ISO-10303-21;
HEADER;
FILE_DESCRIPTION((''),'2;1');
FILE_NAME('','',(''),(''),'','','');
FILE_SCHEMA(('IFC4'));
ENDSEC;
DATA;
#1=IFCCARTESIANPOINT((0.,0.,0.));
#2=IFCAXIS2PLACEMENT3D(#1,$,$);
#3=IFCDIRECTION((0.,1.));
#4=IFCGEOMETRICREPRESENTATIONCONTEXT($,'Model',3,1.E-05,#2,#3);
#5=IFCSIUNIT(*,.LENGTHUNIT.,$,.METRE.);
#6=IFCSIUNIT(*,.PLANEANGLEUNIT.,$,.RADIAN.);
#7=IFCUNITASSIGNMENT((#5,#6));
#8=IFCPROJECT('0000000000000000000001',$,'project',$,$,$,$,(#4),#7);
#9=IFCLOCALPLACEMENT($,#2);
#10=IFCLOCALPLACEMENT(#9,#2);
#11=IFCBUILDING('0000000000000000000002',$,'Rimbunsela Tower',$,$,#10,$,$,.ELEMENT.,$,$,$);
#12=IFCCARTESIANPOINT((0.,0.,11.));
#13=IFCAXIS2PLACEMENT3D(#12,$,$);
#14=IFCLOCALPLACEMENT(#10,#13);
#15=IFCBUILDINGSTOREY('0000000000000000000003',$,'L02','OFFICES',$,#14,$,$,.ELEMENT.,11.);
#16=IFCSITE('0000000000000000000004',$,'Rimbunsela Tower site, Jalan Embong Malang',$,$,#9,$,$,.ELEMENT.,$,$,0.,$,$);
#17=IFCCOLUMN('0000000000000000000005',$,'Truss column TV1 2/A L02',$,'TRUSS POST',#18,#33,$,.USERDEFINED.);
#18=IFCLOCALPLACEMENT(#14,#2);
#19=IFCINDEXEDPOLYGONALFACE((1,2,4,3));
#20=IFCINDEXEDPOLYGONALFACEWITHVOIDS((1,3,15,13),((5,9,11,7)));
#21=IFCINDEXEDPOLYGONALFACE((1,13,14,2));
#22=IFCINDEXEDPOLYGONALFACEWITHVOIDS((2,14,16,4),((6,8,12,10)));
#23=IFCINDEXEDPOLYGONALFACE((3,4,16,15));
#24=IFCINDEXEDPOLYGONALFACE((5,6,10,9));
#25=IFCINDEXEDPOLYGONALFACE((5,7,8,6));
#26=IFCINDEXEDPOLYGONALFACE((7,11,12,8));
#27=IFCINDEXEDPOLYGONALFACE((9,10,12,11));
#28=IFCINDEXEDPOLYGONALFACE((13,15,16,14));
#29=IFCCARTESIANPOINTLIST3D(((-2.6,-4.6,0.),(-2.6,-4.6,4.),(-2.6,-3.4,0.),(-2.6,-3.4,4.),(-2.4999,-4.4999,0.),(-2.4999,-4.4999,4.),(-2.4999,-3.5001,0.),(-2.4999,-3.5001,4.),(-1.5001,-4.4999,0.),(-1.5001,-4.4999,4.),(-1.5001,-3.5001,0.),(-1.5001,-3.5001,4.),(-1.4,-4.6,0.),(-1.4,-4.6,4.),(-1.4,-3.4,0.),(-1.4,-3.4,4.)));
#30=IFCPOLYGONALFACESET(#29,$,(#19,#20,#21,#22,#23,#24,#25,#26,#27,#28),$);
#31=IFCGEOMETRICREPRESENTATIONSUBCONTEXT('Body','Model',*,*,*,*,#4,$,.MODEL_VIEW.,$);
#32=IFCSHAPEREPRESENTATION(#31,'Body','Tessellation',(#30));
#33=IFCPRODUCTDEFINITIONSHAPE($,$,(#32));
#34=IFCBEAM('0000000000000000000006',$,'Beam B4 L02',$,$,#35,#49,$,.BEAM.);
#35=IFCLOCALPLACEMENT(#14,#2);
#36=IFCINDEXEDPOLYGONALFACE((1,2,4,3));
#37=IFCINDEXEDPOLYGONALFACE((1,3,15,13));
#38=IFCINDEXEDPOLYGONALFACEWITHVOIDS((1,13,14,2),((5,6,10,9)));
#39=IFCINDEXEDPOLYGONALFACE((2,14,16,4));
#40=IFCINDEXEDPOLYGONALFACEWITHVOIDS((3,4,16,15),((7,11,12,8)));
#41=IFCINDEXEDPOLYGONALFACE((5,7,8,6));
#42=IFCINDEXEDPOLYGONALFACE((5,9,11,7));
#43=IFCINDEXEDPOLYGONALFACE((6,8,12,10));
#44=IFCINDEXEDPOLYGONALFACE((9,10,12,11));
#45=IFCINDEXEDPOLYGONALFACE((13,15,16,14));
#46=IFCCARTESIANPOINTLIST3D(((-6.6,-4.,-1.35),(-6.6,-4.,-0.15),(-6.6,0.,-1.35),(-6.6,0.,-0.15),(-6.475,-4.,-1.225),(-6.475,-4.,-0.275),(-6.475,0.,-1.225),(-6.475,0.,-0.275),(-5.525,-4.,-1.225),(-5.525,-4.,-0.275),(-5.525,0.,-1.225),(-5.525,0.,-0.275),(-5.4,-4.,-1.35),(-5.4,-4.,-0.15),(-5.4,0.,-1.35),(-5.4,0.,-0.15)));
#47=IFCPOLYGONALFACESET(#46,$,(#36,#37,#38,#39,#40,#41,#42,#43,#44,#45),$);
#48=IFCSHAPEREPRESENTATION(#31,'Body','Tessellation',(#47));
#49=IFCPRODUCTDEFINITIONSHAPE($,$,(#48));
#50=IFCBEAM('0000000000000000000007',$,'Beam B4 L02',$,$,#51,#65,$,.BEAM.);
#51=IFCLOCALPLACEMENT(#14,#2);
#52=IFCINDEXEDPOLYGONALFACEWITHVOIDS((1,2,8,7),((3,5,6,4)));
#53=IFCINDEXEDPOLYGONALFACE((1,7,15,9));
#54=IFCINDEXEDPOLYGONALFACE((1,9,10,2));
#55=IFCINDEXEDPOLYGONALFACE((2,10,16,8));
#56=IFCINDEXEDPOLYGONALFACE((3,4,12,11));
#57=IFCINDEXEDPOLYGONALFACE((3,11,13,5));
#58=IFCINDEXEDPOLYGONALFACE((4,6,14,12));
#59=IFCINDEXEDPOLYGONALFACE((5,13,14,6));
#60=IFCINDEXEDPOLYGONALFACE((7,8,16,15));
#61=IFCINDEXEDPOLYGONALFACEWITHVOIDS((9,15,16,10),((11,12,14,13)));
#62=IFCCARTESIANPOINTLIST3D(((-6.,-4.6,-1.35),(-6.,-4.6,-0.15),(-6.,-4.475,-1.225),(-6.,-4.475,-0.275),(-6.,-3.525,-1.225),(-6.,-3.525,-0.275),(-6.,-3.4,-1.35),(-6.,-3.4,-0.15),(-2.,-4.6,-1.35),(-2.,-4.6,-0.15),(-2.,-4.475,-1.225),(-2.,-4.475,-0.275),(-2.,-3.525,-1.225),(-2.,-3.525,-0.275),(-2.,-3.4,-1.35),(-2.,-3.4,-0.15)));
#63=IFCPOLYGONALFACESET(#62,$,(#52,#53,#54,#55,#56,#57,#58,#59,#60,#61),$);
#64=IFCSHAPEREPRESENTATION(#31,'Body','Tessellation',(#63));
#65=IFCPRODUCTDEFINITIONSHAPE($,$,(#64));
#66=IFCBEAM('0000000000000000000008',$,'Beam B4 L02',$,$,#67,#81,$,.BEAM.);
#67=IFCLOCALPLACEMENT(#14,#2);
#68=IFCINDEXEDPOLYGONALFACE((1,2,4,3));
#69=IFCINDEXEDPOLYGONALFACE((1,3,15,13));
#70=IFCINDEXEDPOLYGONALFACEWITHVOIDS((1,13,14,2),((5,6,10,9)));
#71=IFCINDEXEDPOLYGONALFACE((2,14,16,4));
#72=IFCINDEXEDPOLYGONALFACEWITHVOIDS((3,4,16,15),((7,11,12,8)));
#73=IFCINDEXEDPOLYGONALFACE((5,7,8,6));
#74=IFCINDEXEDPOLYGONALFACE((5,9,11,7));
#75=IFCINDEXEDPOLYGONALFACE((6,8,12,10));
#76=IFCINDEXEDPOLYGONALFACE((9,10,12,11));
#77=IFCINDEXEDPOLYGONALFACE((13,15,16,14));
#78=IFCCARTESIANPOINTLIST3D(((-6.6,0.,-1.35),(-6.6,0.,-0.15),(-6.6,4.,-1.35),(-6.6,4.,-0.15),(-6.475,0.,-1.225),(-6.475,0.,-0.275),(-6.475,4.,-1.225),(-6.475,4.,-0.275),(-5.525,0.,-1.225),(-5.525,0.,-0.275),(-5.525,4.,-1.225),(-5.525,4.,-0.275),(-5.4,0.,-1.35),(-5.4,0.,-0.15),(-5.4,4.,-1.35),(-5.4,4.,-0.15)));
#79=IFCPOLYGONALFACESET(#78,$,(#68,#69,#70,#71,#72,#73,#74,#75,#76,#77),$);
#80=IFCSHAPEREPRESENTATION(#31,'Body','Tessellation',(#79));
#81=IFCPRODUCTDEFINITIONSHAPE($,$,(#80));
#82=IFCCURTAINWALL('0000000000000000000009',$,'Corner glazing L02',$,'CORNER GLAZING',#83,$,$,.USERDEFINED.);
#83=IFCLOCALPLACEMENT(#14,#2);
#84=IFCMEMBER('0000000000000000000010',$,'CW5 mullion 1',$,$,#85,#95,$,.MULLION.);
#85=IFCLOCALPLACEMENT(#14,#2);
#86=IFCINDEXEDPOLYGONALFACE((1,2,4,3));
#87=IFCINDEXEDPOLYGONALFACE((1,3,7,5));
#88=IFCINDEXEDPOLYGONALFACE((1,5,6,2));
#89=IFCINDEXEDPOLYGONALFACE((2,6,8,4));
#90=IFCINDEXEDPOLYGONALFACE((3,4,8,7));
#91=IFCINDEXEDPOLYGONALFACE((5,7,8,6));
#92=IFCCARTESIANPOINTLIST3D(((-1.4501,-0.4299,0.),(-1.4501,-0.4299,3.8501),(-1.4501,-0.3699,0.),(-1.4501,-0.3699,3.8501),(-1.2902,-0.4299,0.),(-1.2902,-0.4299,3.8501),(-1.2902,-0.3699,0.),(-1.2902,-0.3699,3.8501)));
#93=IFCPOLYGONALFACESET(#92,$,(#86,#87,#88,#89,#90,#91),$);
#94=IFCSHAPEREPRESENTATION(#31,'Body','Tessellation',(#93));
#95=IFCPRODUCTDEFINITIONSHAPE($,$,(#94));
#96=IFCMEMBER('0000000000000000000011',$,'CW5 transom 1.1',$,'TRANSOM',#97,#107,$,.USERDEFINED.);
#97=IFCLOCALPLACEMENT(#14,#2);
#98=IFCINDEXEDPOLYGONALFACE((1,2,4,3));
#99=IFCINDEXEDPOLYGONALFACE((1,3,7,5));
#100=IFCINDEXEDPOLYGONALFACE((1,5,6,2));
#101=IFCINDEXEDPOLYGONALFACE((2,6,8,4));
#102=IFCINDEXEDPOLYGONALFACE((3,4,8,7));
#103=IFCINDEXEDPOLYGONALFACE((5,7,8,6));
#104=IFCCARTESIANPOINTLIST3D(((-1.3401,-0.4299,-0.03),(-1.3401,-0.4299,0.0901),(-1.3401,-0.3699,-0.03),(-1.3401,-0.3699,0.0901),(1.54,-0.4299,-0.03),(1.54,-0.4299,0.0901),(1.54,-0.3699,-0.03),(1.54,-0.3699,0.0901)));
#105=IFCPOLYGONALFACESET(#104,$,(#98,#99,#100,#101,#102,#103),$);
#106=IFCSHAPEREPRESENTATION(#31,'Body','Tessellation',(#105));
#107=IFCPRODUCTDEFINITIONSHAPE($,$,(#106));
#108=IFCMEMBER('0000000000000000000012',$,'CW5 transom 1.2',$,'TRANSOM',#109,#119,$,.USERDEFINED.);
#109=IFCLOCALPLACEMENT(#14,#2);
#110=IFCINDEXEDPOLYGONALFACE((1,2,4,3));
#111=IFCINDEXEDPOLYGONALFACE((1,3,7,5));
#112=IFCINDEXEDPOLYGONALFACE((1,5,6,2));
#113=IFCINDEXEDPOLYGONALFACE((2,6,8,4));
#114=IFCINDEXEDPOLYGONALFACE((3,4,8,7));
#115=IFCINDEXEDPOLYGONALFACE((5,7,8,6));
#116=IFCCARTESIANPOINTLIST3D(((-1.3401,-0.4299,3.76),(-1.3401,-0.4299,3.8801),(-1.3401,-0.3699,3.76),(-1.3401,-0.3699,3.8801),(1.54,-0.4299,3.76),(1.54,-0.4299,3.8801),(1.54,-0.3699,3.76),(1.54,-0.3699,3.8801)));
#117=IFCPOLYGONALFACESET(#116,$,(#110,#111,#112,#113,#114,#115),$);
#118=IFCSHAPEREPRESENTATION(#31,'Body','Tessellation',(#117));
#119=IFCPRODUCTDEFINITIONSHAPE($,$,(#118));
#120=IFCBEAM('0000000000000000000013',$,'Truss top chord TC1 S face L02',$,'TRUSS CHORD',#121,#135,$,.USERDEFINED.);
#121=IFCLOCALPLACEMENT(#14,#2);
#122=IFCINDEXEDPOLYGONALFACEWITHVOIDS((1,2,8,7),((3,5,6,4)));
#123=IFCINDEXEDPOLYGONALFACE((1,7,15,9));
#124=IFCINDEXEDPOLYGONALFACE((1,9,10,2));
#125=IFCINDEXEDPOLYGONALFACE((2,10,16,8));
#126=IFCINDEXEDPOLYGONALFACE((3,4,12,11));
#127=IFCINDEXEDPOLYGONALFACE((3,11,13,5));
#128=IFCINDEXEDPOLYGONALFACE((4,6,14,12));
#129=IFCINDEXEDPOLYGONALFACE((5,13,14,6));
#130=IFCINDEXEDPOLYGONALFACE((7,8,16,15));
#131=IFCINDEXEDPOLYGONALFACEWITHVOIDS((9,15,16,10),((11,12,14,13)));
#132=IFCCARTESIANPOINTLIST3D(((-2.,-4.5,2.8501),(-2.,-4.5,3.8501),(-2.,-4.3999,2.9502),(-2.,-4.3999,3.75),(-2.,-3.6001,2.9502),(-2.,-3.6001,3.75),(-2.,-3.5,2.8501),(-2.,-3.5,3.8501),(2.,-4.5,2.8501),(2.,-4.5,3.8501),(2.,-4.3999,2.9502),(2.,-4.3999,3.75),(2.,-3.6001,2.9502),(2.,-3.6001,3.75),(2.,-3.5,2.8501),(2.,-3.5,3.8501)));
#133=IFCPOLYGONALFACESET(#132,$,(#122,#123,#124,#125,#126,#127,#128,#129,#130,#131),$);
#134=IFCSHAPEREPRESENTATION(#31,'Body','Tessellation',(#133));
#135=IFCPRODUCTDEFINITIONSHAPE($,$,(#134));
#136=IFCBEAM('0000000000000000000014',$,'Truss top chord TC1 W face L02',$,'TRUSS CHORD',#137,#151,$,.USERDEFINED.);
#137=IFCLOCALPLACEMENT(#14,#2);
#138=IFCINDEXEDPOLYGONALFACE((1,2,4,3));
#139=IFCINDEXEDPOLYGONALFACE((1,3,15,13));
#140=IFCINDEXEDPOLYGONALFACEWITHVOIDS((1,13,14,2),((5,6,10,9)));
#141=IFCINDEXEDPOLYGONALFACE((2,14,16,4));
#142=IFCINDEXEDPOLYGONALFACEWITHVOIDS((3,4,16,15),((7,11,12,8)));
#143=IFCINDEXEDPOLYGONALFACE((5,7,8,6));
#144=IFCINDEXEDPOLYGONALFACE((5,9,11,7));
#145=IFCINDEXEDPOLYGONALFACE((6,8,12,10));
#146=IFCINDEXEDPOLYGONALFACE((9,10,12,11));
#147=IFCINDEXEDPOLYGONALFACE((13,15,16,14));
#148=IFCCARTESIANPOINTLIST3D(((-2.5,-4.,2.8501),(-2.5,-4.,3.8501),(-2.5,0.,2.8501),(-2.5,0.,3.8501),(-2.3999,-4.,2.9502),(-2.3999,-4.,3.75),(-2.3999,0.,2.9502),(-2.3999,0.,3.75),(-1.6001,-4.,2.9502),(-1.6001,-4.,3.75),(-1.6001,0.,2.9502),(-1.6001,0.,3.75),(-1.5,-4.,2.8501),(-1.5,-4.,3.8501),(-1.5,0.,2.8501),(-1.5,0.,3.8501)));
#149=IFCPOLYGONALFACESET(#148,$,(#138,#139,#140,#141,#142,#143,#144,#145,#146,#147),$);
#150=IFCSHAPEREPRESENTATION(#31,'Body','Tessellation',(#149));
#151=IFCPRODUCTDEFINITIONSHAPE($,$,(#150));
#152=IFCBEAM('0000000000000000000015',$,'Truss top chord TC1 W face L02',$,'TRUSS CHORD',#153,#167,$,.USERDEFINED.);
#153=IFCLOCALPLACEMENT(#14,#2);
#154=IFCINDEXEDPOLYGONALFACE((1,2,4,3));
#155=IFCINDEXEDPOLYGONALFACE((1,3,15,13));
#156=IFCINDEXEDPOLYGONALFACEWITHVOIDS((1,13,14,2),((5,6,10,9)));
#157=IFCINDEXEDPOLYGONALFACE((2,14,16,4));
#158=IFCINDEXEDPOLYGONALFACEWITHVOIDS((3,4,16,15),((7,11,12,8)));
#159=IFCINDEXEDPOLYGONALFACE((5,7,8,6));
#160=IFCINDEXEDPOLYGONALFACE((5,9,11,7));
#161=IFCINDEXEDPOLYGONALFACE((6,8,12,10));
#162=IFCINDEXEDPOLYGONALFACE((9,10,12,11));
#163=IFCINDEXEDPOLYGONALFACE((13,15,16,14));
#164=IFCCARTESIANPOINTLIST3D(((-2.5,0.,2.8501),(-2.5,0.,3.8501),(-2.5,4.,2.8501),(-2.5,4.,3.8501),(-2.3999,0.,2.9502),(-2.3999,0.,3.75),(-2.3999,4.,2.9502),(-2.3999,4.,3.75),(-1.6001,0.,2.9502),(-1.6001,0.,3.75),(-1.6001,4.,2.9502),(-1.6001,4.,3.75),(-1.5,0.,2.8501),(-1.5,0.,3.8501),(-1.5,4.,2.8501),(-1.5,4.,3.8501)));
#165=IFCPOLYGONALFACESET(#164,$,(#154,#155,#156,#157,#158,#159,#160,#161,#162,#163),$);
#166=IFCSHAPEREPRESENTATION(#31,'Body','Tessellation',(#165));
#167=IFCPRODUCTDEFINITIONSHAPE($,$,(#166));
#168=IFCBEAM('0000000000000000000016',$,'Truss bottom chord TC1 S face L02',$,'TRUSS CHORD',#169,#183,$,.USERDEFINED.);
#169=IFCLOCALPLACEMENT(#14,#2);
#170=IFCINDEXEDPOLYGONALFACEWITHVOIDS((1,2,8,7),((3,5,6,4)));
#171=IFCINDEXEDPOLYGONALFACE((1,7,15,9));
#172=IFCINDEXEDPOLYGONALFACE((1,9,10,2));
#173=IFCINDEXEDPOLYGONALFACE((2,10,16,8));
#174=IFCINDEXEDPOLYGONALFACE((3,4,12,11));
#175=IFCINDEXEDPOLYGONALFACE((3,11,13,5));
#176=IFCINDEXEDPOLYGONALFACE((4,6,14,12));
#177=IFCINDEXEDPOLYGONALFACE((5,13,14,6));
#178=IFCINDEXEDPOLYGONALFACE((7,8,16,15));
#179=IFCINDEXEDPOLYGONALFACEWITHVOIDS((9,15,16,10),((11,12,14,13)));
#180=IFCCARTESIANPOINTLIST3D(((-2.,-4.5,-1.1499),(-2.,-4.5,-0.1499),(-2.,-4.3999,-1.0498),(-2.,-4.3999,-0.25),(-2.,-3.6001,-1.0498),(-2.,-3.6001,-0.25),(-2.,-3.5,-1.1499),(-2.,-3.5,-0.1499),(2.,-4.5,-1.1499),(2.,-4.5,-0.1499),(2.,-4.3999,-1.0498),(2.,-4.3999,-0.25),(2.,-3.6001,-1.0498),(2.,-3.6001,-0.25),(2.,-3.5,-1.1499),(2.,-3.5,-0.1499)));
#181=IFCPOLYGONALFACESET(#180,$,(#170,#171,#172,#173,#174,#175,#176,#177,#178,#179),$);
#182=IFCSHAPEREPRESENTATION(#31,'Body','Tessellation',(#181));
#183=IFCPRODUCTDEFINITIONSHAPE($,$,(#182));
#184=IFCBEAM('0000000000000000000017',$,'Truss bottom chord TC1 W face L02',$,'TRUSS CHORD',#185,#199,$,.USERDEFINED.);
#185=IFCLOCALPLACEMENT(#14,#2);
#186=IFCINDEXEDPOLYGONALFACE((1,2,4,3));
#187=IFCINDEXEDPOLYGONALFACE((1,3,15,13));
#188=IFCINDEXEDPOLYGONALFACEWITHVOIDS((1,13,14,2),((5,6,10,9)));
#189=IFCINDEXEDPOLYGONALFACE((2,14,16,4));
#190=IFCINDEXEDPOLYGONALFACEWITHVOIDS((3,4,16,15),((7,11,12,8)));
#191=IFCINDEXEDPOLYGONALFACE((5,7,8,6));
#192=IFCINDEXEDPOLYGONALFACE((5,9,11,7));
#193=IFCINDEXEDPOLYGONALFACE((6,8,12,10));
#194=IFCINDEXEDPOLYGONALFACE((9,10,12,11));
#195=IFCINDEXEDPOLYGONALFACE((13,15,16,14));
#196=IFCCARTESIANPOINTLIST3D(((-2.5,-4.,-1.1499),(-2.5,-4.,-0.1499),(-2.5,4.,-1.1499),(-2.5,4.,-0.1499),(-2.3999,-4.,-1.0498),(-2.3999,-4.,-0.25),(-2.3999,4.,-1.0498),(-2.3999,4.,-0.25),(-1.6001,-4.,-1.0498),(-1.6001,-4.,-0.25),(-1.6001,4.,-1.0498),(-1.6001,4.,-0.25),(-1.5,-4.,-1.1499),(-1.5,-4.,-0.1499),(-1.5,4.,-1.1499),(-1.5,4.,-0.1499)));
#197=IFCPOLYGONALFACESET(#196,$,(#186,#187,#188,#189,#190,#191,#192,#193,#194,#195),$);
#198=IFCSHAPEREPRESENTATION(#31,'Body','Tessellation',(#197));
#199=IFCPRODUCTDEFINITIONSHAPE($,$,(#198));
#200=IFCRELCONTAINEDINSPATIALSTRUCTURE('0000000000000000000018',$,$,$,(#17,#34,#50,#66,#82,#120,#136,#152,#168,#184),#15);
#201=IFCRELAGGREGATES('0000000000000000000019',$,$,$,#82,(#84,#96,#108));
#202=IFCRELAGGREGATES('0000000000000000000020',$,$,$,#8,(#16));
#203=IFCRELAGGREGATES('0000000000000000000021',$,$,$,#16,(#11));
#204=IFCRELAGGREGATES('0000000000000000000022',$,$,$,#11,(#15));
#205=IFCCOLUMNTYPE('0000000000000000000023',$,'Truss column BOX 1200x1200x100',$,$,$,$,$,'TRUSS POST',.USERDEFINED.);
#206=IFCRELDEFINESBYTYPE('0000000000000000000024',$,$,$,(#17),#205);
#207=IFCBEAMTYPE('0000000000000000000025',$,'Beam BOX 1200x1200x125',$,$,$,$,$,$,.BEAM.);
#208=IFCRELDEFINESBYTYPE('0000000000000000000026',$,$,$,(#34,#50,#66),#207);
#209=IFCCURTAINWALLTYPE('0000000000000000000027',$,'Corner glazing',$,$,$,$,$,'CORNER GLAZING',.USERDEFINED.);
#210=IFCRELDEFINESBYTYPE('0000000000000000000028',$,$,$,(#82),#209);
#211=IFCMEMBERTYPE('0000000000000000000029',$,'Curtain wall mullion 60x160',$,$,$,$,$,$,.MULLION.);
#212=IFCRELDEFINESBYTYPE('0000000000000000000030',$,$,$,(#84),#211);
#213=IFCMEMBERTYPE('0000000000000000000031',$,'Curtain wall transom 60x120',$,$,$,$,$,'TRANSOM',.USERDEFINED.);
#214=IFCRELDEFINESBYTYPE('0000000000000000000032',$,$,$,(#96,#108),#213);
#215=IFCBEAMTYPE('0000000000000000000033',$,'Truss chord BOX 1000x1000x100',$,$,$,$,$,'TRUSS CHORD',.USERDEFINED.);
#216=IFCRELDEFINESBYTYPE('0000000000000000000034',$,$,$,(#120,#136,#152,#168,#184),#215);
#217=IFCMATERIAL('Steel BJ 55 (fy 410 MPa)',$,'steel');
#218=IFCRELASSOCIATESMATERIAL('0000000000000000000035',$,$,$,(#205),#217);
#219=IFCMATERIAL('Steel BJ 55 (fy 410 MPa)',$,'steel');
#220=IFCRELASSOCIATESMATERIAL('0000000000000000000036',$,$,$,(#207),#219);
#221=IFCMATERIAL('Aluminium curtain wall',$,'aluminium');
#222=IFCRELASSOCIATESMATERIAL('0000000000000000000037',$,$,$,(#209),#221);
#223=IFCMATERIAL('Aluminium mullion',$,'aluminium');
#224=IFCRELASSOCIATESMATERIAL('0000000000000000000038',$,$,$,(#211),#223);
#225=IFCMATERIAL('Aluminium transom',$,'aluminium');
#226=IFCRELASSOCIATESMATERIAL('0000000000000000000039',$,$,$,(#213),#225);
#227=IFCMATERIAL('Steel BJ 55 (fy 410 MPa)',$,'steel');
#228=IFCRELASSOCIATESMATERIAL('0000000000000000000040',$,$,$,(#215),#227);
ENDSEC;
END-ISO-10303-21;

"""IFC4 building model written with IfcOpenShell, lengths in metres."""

from ifc_helpers import new_model, si_unit, direction, frame, origin, origin_2d, place, context, subcontext, project, spatial, rectangle, hollow_rectangle, extrude, material, material_profile, profile_set, type_object, element, aggregate, save


model = new_model("IFC4")

# Units and contexts
model_context = context("Model", 3, precision=1e-05, world=origin(), true_north=direction((0.0, 1.0)))
body_context = subcontext(model_context, "Body", "Model", "MODEL_VIEW")
ifc_project = project(units=[si_unit("LENGTHUNIT", "METRE"), si_unit("PLANEANGLEUNIT", "RADIAN")], contexts=[model_context])

# Site, building, storey
site_placement = place(None, origin())
site = spatial("IfcSite", under=ifc_project, at=site_placement, Name="Rimbunsela Tower site, Jalan Embong Malang", CompositionType="ELEMENT", RefElevation=0.0)
building_placement = place(site_placement, origin())
building = spatial("IfcBuilding", under=site, at=building_placement, Name="Rimbunsela Tower", CompositionType="ELEMENT")
storey_placement = place(building_placement, frame((0.0, 0.0, 11.0)))
storey = spatial("IfcBuildingStorey", under=building, at=storey_placement, Name="L02", Description="OFFICES", CompositionType="ELEMENT", Elevation=11.0)

# Column
ifc_material_1 = material(Name="Steel BJ 55 (fy 410 MPa)", Category="steel")
ifc_material_profile_1 = material_profile(ifc_material_1, hollow_rectangle(XDim=1.2, YDim=1.2, WallThickness=0.1001, at=origin_2d()), Name="BOX 1200x1200x100")
ifc_profile_set_1 = profile_set([ifc_material_profile_1], Name="Steel BJ 55 (fy 410 MPa)")
column_type = type_object("IfcColumnType", Name="Truss column BOX 1200x1200x100", ElementType="TRUSS POST", PredefinedType="USERDEFINED", material=ifc_profile_set_1)
column_placement = place(storey_placement, frame((-2.0, -4.0, 0.0), z_axis=(0.0, 0.0, 1.0), x_axis=(1.0, 0.0, 0.0)))
element("IfcColumn", 1, at=column_placement, inside=storey, type_object=column_type, Name="Truss column TV1 2/A L02", ObjectType="TRUSS POST", PredefinedType="USERDEFINED", context=body_context, shape_type="SweptSolid", body=[
    extrude(hollow_rectangle(XDim=1.2, YDim=1.2, WallThickness=0.1001, at=origin_2d()), origin(), (0.0, 0.0, 1.0), 4.0),
])

# Beams
ifc_material_2 = material(Name="Steel BJ 55 (fy 410 MPa)", Category="steel")
ifc_material_profile_2 = material_profile(ifc_material_2, hollow_rectangle(XDim=1.2, YDim=1.2, WallThickness=0.125, at=origin_2d()), Name="BOX 1200x1200x125")
ifc_profile_set_2 = profile_set([ifc_material_profile_2], Name="Steel BJ 55 (fy 410 MPa)")
beam_type_1 = type_object("IfcBeamType", Name="Beam BOX 1200x1200x125", PredefinedType="BEAM", material=ifc_profile_set_2)
for number, where, z_axis, x_axis, name in (
    (2, (-6.0, -4.0, -0.75), (0.0, 1.0, 0.0), (-1.0, 0.0, 0.0), "Beam B4 L02"),
    (3, (-6.0, -4.0, -0.75), (1.0, 0.0, 0.0), (0.0, 1.0, 0.0), "Beam B4 L02"),
    (4, (-6.0, 0.0, -0.75), (0.0, 1.0, 0.0), (-1.0, 0.0, 0.0), "Beam B4 L02"),
):
    element("IfcBeam", number, at=place(storey_placement, frame(where, z_axis=z_axis, x_axis=x_axis)), inside=storey, type_object=beam_type_1, Name=name, PredefinedType="BEAM", context=body_context, shape_type="SweptSolid", body=[
        extrude(hollow_rectangle(XDim=1.2, YDim=1.2, WallThickness=0.125, at=origin_2d()), origin(), (0.0, 0.0, 1.0), 4.0),
    ])

# Curtain wall, members
ifc_material_3 = material(Name="Aluminium curtain wall", Category="aluminium")
curtain_wall_type = type_object("IfcCurtainWallType", Name="Corner glazing", ElementType="CORNER GLAZING", PredefinedType="USERDEFINED", material=ifc_material_3)
curtain_wall_placement = place(storey_placement, origin())
curtain_wall = element("IfcCurtainWall", 5, at=curtain_wall_placement, inside=storey, type_object=curtain_wall_type, Name="Corner glazing L02", ObjectType="CORNER GLAZING", PredefinedType="USERDEFINED")
ifc_material_4 = material(Name="Aluminium mullion", Category="aluminium")
ifc_material_profile_3 = material_profile(ifc_material_4, rectangle(XDim=0.0601, YDim=0.1599, at=origin_2d()), Name="Mullion 60x160")
ifc_profile_set_3 = profile_set([ifc_material_profile_3], Name="Aluminium mullion")
member_type_1 = type_object("IfcMemberType", Name="Curtain wall mullion 60x160", PredefinedType="MULLION", material=ifc_profile_set_3)
member_1_placement = place(storey_placement, frame((-1.3701, -0.3999, 0.0), z_axis=(0.0, 0.0, 1.0), x_axis=(0.0, 1.0, 0.0)))
member_1 = element("IfcMember", 6, at=member_1_placement, type_object=member_type_1, Name="CW5 mullion 1", PredefinedType="MULLION", context=body_context, shape_type="SweptSolid", body=[
    extrude(rectangle(XDim=0.0601, YDim=0.1599, at=origin_2d()), origin(), (0.0, 0.0, 1.0), 3.8501),
])
ifc_material_5 = material(Name="Aluminium transom", Category="aluminium")
ifc_material_profile_4 = material_profile(ifc_material_5, rectangle(XDim=0.0601, YDim=0.1201, at=origin_2d()), Name="Transom 60x120")
ifc_profile_set_4 = profile_set([ifc_material_profile_4], Name="Aluminium transom")
member_type_2 = type_object("IfcMemberType", Name="Curtain wall transom 60x120", ElementType="TRANSOM", PredefinedType="USERDEFINED", material=ifc_profile_set_4)
member_2_placement = place(storey_placement, frame((-1.3401, -0.3999, 0.03), z_axis=(1.0, 0.0, 0.0), x_axis=(0.0, 1.0, 0.0)))
member_2 = element("IfcMember", 7, at=member_2_placement, type_object=member_type_2, Name="CW5 transom 1.1", ObjectType="TRANSOM", PredefinedType="USERDEFINED", context=body_context, shape_type="SweptSolid", body=[
    extrude(rectangle(XDim=0.0601, YDim=0.1201, at=origin_2d()), origin(), (0.0, 0.0, 1.0), 2.8801),
])
member_3_placement = place(storey_placement, frame((-1.3401, -0.3999, 3.8201), z_axis=(1.0, 0.0, 0.0), x_axis=(0.0, 1.0, 0.0)))
member_3 = element("IfcMember", 8, at=member_3_placement, type_object=member_type_2, Name="CW5 transom 1.2", ObjectType="TRANSOM", PredefinedType="USERDEFINED", context=body_context, shape_type="SweptSolid", body=[
    extrude(rectangle(XDim=0.0601, YDim=0.1201, at=origin_2d()), origin(), (0.0, 0.0, 1.0), 2.8801),
])
aggregate(curtain_wall, [member_1, member_2, member_3])

# Beams
ifc_material_6 = material(Name="Steel BJ 55 (fy 410 MPa)", Category="steel")
ifc_material_profile_5 = material_profile(ifc_material_6, hollow_rectangle(XDim=1.0, YDim=1.0, WallThickness=0.1001, at=origin_2d()), Name="BOX 1000x1000x100")
ifc_profile_set_5 = profile_set([ifc_material_profile_5], Name="Steel BJ 55 (fy 410 MPa)")
beam_type_2 = type_object("IfcBeamType", Name="Truss chord BOX 1000x1000x100", ElementType="TRUSS CHORD", PredefinedType="USERDEFINED", material=ifc_profile_set_5)
for number, where, z_axis, x_axis, name in (
    (9, (-2.0, -4.0, 3.3501), (1.0, 0.0, 0.0), (0.0, 1.0, 0.0), "Truss top chord TC1 S face L02"),
    (10, (-2.0, -4.0, 3.3501), (0.0, 1.0, 0.0), (-1.0, 0.0, 0.0), "Truss top chord TC1 W face L02"),
    (11, (-2.0, 0.0, 3.3501), (0.0, 1.0, 0.0), (-1.0, 0.0, 0.0), "Truss top chord TC1 W face L02"),
    (12, (-2.0, -4.0, -0.6499), (1.0, 0.0, 0.0), (0.0, 1.0, 0.0), "Truss bottom chord TC1 S face L02"),
):
    element("IfcBeam", number, at=place(storey_placement, frame(where, z_axis=z_axis, x_axis=x_axis)), inside=storey, type_object=beam_type_2, Name=name, ObjectType="TRUSS CHORD", PredefinedType="USERDEFINED", context=body_context, shape_type="SweptSolid", body=[
        extrude(hollow_rectangle(XDim=1.0, YDim=1.0, WallThickness=0.1001, at=origin_2d()), origin(), (0.0, 0.0, 1.0), 4.0),
    ])
beam_placement = place(storey_placement, frame((-2.0, -4.0, -0.6499), z_axis=(0.0, 1.0, 0.0), x_axis=(-1.0, 0.0, 0.0)))
element("IfcBeam", 13, at=beam_placement, inside=storey, type_object=beam_type_2, Name="Truss bottom chord TC1 W face L02", ObjectType="TRUSS CHORD", PredefinedType="USERDEFINED", context=body_context, shape_type="SweptSolid", body=[
    extrude(hollow_rectangle(XDim=1.0, YDim=1.0, WallThickness=0.1001, at=origin_2d()), origin(), (0.0, 0.0, 1.0), 8.0),
])

save(model, "model.ifc")
